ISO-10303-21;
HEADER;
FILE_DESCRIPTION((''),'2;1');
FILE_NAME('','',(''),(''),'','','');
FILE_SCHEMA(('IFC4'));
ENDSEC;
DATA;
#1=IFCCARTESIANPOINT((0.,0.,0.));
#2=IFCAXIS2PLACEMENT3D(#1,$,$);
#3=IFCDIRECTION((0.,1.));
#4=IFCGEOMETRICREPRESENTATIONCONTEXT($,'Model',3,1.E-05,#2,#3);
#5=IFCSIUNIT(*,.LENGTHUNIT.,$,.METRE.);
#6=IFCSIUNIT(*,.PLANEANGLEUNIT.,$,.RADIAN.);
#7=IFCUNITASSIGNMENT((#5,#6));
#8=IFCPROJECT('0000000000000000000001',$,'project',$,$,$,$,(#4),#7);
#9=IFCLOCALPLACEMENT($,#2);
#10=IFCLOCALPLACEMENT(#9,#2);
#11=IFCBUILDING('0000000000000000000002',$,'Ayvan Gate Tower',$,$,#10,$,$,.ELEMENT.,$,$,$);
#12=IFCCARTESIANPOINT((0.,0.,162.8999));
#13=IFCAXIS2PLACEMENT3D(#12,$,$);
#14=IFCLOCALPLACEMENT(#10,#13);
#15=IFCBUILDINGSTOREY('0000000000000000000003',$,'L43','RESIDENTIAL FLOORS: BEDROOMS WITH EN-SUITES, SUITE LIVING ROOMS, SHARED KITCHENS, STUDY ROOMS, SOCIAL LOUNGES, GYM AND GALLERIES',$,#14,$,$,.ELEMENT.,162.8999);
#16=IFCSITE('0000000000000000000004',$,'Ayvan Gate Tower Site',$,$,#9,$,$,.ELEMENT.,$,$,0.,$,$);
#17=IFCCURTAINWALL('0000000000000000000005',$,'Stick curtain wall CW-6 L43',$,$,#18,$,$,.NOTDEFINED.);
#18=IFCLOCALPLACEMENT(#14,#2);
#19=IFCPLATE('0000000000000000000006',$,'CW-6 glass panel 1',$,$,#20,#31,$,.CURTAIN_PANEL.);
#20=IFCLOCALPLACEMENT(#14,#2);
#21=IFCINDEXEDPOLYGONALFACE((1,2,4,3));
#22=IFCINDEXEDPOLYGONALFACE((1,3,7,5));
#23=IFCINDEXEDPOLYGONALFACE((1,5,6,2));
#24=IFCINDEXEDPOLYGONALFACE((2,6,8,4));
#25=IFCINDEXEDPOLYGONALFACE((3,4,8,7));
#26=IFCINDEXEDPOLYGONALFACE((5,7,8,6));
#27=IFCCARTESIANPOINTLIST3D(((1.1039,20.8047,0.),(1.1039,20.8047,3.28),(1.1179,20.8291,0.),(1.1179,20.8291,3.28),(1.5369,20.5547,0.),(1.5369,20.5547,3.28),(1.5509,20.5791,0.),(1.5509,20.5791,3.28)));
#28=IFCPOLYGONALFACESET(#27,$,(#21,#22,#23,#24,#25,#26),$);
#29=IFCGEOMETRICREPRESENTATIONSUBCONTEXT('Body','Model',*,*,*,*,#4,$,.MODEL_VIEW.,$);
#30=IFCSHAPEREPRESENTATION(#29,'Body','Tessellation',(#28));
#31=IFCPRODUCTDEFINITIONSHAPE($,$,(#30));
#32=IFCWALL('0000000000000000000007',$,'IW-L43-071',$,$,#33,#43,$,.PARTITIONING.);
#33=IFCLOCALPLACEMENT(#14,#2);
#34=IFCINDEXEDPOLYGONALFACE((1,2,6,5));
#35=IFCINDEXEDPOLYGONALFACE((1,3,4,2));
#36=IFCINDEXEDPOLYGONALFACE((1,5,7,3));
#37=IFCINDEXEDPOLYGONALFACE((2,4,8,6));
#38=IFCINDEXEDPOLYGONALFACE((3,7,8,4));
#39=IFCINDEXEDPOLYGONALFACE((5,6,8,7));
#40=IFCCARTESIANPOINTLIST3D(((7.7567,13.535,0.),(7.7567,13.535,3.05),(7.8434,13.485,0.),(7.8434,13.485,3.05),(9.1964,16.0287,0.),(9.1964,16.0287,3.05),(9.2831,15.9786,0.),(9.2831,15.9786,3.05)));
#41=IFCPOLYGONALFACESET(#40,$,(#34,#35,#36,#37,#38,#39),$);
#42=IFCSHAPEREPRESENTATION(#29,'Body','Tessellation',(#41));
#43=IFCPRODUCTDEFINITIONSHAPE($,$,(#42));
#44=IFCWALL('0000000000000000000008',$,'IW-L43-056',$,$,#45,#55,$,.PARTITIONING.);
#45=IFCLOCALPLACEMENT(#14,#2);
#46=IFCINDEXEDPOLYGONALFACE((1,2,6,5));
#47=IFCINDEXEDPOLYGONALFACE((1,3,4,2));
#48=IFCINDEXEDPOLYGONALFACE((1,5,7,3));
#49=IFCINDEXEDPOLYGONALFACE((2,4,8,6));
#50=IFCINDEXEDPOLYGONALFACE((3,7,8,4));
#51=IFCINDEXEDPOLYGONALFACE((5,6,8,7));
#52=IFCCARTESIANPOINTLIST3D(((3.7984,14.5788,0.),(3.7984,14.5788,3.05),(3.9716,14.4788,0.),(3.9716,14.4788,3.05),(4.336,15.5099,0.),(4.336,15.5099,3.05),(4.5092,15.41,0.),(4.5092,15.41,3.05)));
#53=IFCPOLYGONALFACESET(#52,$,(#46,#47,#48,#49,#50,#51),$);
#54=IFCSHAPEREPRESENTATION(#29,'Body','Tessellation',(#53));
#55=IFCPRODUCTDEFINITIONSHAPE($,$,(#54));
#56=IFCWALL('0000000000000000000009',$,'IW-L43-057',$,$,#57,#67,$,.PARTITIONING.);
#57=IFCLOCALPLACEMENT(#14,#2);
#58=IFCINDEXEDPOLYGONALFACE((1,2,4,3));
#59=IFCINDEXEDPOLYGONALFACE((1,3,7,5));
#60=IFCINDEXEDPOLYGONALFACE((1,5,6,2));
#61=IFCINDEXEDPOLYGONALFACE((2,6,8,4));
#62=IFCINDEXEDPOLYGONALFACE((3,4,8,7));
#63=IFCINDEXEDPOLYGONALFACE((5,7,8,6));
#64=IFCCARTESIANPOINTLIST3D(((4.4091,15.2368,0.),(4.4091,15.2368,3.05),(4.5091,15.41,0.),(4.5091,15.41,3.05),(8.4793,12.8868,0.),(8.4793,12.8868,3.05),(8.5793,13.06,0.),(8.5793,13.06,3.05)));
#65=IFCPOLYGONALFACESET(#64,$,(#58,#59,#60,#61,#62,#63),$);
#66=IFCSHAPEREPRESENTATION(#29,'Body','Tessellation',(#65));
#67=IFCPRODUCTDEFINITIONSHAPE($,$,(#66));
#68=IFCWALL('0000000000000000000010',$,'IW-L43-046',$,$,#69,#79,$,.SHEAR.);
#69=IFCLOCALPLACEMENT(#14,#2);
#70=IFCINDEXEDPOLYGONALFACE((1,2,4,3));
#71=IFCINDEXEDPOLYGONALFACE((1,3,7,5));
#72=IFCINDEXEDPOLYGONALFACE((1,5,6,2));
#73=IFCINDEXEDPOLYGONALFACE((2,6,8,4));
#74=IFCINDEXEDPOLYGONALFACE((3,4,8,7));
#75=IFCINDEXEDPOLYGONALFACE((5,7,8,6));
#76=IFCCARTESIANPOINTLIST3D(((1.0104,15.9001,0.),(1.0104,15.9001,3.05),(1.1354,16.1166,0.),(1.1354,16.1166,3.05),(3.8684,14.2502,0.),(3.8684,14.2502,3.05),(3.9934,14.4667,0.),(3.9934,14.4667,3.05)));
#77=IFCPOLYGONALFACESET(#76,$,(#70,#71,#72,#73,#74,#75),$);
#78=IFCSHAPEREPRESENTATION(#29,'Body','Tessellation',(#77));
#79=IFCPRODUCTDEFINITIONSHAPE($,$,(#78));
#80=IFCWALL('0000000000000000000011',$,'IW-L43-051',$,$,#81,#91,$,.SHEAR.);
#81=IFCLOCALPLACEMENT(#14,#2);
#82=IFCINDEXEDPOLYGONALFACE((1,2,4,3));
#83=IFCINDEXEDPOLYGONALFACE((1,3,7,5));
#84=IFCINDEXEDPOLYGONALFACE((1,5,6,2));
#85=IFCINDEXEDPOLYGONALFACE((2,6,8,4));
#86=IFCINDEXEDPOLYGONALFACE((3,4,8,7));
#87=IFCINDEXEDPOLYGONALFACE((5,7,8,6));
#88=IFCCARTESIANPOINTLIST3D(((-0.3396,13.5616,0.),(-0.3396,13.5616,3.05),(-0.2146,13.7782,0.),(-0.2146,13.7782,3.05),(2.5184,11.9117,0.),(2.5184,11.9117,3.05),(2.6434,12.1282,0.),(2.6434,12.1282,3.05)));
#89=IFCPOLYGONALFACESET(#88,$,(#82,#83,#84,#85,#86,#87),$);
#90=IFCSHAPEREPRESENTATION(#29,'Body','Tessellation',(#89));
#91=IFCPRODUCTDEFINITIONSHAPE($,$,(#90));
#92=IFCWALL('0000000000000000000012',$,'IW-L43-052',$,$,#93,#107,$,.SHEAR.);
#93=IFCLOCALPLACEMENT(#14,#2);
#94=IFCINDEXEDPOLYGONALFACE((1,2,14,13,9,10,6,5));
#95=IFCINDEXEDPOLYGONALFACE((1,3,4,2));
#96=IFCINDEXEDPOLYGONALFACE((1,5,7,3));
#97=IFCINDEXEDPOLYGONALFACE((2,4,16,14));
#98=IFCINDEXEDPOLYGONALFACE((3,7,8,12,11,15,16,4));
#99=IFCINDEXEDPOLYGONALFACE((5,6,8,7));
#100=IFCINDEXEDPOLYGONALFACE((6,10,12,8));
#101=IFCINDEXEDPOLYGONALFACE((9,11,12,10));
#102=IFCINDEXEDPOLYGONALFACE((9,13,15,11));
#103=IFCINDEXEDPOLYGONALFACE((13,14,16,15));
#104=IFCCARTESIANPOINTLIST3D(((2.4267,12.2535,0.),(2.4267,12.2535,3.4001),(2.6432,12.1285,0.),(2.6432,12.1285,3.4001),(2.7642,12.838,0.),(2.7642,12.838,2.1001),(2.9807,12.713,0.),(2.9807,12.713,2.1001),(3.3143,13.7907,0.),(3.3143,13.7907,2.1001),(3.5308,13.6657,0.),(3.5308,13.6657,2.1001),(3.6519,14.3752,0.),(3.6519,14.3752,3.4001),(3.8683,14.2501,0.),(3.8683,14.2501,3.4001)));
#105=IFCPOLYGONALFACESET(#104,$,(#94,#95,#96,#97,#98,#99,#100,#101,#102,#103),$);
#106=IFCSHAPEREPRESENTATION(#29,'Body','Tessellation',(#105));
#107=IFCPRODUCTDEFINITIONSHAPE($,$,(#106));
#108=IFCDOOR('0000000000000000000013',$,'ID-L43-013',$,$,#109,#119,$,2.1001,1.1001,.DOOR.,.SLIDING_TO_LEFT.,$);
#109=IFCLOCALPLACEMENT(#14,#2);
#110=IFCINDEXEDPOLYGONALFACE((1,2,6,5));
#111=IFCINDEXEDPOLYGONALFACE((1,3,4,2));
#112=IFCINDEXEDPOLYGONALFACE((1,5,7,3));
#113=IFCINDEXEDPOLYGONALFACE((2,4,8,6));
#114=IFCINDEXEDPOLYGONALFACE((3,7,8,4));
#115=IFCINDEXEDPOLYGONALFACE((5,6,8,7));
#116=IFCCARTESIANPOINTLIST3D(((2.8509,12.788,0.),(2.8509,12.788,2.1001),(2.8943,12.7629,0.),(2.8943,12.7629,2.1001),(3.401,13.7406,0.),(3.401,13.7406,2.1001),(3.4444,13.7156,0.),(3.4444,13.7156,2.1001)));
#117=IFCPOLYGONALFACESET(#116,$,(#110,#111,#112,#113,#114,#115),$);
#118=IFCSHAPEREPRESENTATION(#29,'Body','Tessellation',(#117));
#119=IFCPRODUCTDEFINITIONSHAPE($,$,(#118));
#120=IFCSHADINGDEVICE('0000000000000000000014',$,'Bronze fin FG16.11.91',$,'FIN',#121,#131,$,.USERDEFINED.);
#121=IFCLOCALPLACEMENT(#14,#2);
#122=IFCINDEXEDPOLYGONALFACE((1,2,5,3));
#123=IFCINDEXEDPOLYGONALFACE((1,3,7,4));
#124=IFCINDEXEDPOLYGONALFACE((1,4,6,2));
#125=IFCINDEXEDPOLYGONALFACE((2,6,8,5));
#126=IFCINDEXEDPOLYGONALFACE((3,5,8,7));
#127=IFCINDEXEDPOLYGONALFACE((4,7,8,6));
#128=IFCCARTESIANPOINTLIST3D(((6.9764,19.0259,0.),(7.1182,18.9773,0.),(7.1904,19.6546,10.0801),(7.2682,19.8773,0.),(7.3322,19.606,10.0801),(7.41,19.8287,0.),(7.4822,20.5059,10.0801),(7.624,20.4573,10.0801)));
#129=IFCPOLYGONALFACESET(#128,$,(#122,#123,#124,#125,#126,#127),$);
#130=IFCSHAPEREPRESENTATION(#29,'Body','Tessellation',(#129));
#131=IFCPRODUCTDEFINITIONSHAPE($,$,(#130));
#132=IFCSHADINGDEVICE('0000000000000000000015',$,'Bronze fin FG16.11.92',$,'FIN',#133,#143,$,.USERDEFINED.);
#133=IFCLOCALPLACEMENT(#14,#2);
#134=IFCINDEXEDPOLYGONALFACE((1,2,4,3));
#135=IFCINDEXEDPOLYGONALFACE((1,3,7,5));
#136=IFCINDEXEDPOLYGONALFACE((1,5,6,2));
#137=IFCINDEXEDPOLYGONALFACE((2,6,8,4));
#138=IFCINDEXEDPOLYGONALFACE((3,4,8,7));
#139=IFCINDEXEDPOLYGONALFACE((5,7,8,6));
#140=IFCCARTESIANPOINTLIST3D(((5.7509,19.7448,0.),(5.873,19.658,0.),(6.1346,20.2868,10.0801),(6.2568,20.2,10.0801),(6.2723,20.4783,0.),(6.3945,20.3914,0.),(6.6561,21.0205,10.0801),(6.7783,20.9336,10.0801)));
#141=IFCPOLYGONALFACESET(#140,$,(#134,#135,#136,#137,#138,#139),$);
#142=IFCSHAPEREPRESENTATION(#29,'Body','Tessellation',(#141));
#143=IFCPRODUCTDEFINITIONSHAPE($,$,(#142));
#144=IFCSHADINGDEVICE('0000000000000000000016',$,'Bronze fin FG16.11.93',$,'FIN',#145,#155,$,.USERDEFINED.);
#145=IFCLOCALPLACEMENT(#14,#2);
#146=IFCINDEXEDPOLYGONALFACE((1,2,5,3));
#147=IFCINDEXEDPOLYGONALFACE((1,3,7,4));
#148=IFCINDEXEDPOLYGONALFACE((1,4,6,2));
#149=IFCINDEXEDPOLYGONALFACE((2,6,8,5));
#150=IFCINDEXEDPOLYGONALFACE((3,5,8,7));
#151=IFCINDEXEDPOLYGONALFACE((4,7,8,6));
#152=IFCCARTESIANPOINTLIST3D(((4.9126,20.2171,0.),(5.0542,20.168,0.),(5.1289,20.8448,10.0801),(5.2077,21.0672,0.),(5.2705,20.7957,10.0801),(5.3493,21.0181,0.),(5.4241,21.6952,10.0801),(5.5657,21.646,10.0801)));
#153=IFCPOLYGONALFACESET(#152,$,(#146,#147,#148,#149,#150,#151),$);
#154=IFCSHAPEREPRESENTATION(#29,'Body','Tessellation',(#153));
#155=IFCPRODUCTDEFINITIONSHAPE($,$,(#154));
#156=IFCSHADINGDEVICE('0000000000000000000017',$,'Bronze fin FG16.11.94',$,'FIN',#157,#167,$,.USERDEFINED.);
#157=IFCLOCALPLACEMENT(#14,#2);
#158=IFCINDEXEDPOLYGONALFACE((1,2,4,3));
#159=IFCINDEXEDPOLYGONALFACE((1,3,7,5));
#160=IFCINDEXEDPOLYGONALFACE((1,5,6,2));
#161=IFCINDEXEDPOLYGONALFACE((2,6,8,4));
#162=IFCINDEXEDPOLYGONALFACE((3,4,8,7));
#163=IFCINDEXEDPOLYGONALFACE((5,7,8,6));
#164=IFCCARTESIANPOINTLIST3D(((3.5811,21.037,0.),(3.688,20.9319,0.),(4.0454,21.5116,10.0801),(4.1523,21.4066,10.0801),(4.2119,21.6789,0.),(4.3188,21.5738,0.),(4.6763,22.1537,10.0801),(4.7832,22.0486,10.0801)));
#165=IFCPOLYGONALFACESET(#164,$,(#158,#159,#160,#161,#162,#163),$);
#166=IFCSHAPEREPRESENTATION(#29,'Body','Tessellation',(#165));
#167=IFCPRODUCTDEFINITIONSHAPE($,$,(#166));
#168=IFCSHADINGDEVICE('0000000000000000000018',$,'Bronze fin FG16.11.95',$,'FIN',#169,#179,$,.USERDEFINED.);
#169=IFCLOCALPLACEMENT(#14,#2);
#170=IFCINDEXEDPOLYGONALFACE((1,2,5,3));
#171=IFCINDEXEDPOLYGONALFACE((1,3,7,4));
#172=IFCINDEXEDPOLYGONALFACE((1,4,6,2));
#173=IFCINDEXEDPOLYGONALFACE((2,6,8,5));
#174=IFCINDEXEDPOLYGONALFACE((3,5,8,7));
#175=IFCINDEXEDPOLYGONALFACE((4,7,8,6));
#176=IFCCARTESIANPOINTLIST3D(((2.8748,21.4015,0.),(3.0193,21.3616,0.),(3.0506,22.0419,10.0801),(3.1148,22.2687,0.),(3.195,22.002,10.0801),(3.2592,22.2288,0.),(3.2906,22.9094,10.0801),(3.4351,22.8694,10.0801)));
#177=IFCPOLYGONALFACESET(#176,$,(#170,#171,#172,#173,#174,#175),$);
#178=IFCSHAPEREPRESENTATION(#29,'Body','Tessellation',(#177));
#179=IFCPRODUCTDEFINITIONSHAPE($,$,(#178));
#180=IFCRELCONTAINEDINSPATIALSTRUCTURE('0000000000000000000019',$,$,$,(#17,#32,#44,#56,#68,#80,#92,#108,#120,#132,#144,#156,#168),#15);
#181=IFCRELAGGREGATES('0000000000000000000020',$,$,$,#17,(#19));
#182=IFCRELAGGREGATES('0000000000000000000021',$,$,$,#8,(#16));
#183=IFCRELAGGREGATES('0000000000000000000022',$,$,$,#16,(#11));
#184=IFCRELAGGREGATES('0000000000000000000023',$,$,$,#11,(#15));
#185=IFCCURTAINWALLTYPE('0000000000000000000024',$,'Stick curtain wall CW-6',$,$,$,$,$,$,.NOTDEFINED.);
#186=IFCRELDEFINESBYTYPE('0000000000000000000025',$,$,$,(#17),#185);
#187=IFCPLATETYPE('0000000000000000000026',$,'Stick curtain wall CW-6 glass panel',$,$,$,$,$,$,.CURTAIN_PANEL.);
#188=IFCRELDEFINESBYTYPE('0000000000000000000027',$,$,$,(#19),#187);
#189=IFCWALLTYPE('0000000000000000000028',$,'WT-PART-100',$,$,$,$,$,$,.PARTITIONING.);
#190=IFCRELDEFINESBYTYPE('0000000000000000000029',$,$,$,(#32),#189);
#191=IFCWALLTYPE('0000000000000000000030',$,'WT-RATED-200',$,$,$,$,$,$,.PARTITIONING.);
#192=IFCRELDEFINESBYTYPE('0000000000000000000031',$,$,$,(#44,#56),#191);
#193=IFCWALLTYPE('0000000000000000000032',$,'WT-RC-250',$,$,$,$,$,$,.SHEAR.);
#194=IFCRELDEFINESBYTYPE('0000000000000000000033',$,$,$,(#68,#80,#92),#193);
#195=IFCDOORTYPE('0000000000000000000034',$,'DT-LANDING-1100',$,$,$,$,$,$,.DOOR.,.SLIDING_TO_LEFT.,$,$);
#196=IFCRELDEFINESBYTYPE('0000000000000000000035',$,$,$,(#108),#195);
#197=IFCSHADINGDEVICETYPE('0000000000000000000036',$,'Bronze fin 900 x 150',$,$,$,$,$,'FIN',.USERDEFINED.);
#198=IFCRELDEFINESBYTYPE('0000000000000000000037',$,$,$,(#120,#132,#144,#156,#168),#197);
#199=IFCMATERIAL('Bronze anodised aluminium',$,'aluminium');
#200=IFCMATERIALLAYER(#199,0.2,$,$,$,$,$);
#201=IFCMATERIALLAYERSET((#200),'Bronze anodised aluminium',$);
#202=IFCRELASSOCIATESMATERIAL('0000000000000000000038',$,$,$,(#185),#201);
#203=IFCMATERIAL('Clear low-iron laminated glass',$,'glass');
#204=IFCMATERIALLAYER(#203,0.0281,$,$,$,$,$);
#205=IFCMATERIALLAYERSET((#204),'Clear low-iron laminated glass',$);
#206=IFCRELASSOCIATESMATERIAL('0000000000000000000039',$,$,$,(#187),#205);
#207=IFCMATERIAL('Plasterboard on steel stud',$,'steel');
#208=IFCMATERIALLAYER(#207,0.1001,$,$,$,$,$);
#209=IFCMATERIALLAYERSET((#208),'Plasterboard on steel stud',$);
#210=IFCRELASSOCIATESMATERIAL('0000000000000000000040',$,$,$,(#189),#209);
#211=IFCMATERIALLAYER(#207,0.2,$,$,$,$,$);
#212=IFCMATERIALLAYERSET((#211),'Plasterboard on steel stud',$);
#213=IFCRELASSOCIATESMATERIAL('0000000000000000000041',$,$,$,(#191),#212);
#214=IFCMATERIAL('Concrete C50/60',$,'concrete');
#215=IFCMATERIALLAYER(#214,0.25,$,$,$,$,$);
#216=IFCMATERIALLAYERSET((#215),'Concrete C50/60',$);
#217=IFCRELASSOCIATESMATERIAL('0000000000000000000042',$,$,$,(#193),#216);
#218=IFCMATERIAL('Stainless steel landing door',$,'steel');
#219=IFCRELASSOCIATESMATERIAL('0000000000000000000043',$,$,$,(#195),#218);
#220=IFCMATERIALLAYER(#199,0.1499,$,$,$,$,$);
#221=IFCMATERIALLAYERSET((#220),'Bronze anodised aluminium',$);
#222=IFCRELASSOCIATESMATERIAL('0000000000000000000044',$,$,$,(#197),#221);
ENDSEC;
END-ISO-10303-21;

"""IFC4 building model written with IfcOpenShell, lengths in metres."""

from ifc_helpers import new_model, si_unit, direction, frame, frame_2d, origin, origin_2d, place, context, subcontext, project, spatial, polyline, rectangle, outline, extrude, material, layer, layer_set, type_object, element, fill, aggregate, save


model = new_model("IFC4")

# Units and contexts
model_context = context("Model", 3, precision=1e-05, world=origin(), true_north=direction((0.0, 1.0)))
body_context = subcontext(model_context, "Body", "Model", "MODEL_VIEW")
ifc_project = project(units=[si_unit("LENGTHUNIT", "METRE"), si_unit("PLANEANGLEUNIT", "RADIAN")], contexts=[model_context])

# Site, building, storey
site_placement = place(None, origin())
site = spatial("IfcSite", under=ifc_project, at=site_placement, Name="Ayvan Gate Tower Site", CompositionType="ELEMENT", RefElevation=0.0)
building_placement = place(site_placement, origin())
building = spatial("IfcBuilding", under=site, at=building_placement, Name="Ayvan Gate Tower", CompositionType="ELEMENT")
storey_placement = place(building_placement, frame((0.0, 0.0, 162.8999)))
storey = spatial("IfcBuildingStorey", under=building, at=storey_placement, Name="L43", Description="RESIDENTIAL FLOORS: BEDROOMS WITH EN-SUITES, SUITE LIVING ROOMS, SHARED KITCHENS, STUDY ROOMS, SOCIAL LOUNGES, GYM AND GALLERIES", CompositionType="ELEMENT", Elevation=162.8999)

# Curtain wall
ifc_material_1 = material(Name="Bronze anodised aluminium", Category="aluminium")
ifc_layer_1 = layer(ifc_material_1, 0.2)
ifc_layer_set_1 = layer_set([ifc_layer_1], Name="Bronze anodised aluminium")
curtain_wall_type_1 = type_object("IfcCurtainWallType", Name="Stick curtain wall CW-6", PredefinedType="NOTDEFINED", material=ifc_layer_set_1)
curtain_wall_1_placement = place(storey_placement, origin())
curtain_wall_1 = element("IfcCurtainWall", 1, at=curtain_wall_1_placement, inside=storey, type_object=curtain_wall_type_1, Name="Stick curtain wall CW-6 L43", PredefinedType="NOTDEFINED")

# Plate
ifc_material_2 = material(Name="Clear low-iron laminated glass", Category="glass")
ifc_layer_2 = layer(ifc_material_2, 0.0281)
ifc_layer_set_2 = layer_set([ifc_layer_2], Name="Clear low-iron laminated glass")
plate_type_1 = type_object("IfcPlateType", Name="Stick curtain wall CW-6 glass panel", PredefinedType="CURTAIN_PANEL", material=ifc_layer_set_2)
plate_1_placement = place(storey_placement, frame((1.3274, 20.6919, 0.0), z_axis=(0.0, 0.0, 1.0), x_axis=(-0.866025, 0.5, 0.0)))
plate_1 = element("IfcPlate", 2, at=plate_1_placement, type_object=plate_type_1, Name="CW-6 glass panel 1", PredefinedType="CURTAIN_PANEL", context=body_context, shape_type="SweptSolid", body=[
    extrude(rectangle(XDim=0.5, YDim=0.0281, at=origin_2d()), origin(), (0.0, 0.0, 1.0), 3.28),
])
aggregate(curtain_wall_1, [plate_1])

# Walls
ifc_material_3 = material(Name="Plasterboard on steel stud", Category="steel")
ifc_layer_3 = layer(ifc_material_3, 0.1001)
ifc_layer_set_3 = layer_set([ifc_layer_3], Name="Plasterboard on steel stud")
wall_type_1 = type_object("IfcWallType", Name="WT-PART-100", PredefinedType="PARTITIONING", material=ifc_layer_set_3)
wall_1_placement = place(storey_placement, frame((7.8, 13.51, 0.0), z_axis=(0.0, 0.0, 1.0), x_axis=(0.499996, 0.866027, 0.0)))
element("IfcWall", 3, at=wall_1_placement, inside=storey, type_object=wall_type_1, Name="IW-L43-071", PredefinedType="PARTITIONING", context=body_context, shape_type="SweptSolid", body=[
    extrude(rectangle(XDim=2.8794, YDim=0.1001, at=frame_2d((1.4397, 0.0))), origin(), (0.0, 0.0, 1.0), 3.05),
])
ifc_layer_4 = layer(ifc_material_3, 0.2)
ifc_layer_set_4 = layer_set([ifc_layer_4], Name="Plasterboard on steel stud")
wall_type_2 = type_object("IfcWallType", Name="WT-RATED-200", PredefinedType="PARTITIONING", material=ifc_layer_set_4)
wall_2_placement = place(storey_placement, frame((3.885, 14.5288, 0.0), z_axis=(0.0, 0.0, 1.0), x_axis=(0.499998, 0.866027, 0.0)))
element("IfcWall", 4, at=wall_2_placement, inside=storey, type_object=wall_type_2, Name="IW-L43-056", PredefinedType="PARTITIONING", context=body_context, shape_type="SweptSolid", body=[
    extrude(rectangle(XDim=1.0752, YDim=0.2, at=frame_2d((0.5376, 0.0))), origin(), (0.0, 0.0, 1.0), 3.05),
])
wall_3_placement = place(storey_placement, frame((4.459, 15.3235, 0.0), z_axis=(0.0, 0.0, 1.0), x_axis=(0.866016, -0.500016, 0.0)))
element("IfcWall", 5, at=wall_3_placement, inside=storey, type_object=wall_type_2, Name="IW-L43-057", PredefinedType="PARTITIONING", context=body_context, shape_type="SweptSolid", body=[
    extrude(rectangle(XDim=4.7, YDim=0.2, at=frame_2d((2.3501, 0.0))), origin(), (0.0, 0.0, 1.0), 3.05),
])
ifc_material_4 = material(Name="Concrete C50/60", Category="concrete")
ifc_layer_5 = layer(ifc_material_4, 0.25)
ifc_layer_set_5 = layer_set([ifc_layer_5], Name="Concrete C50/60")
wall_type_3 = type_object("IfcWallType", Name="WT-RC-250", PredefinedType="SHEAR", material=ifc_layer_set_5)
for number, where, z_axis, x_axis, name in (
    (6, (1.073, 16.0083, 0.0), (0.0, 0.0, 1.0), (0.86604, -0.499974, 0.0), "IW-L43-046"),
    (7, (2.5808, 12.02, 0.0), (0.0, 0.0, 1.0), (-0.86604, 0.499974, 0.0), "IW-L43-051"),
):
    element("IfcWall", number, at=place(storey_placement, frame(where, z_axis=z_axis, x_axis=x_axis)), inside=storey, type_object=wall_type_3, Name=name, PredefinedType="SHEAR", context=body_context, shape_type="SweptSolid", body=[
        extrude(rectangle(XDim=3.3, YDim=0.25, at=frame_2d((1.6499, 0.0))), origin(), (0.0, 0.0, 1.0), 3.05),
    ])

# Wall, opening, door
wall_4_placement = place(storey_placement, frame((2.5349, 12.1909, 0.0), z_axis=(0.0, 0.0, 1.0), x_axis=(0.500062, 0.86599, 0.0)))
wall_4 = element("IfcWall", 8, at=wall_4_placement, inside=storey, type_object=wall_type_3, Name="IW-L43-052", PredefinedType="SHEAR", context=body_context, shape_type="SweptSolid", body=[
    extrude(rectangle(XDim=2.45, YDim=0.25, at=frame_2d((1.2251, 0.0))), origin(), (0.0, 0.0, 1.0), 3.4001),
])
opening_placement = place(wall_4_placement, frame((0.675, 0.0, 0.0)))
opening = element("IfcOpeningElement", 9, at=opening_placement, cuts=wall_4, PredefinedType="OPENING", context=body_context, shape_type="SweptSolid", body=[
    extrude(rectangle(XDim=1.1001, YDim=2.1001, at=frame_2d((0.55, 1.05))), frame((0.0, 0.135, 0.0), z_axis=(0.0, -1.0, 0.0), x_axis=(1.0, 0.0, 0.0)), (0.0, 0.0, 1.0), 0.27),
])
ifc_material_5 = material(Name="Stainless steel landing door", Category="steel")
door_type = type_object("IfcDoorType", Name="DT-LANDING-1100", OperationType="SLIDING_TO_LEFT", PredefinedType="DOOR", material=ifc_material_5)
door_placement = place(opening_placement, origin())
door = element("IfcDoor", 10, at=door_placement, inside=storey, type_object=door_type, Name="ID-L43-013", OperationType="SLIDING_TO_LEFT", OverallHeight=2.1001, OverallWidth=1.1001, PredefinedType="DOOR", context=body_context, shape_type="SweptSolid", body=[
    extrude(rectangle(XDim=1.1001, YDim=2.1001, at=frame_2d((0.55, 1.05))), frame((0.0, 0.0249, 0.0), z_axis=(0.0, -1.0, 0.0), x_axis=(1.0, 0.0, 0.0)), (0.0, 0.0, 1.0), 0.05),
])
fill(opening, door)

# Shading devices
ifc_layer_6 = layer(ifc_material_1, 0.1499)
ifc_layer_set_6 = layer_set([ifc_layer_6], Name="Bronze anodised aluminium")
shading_device_type = type_object("IfcShadingDeviceType", Name="Bronze fin 900 x 150", ElementType="FIN", PredefinedType="USERDEFINED", material=ifc_layer_set_6)
shading_device_1_placement = place(storey_placement, frame((7.1182, 18.9773, 0.0), z_axis=(0.94595, -0.324314, 0.000145), x_axis=(0.324314, 0.94595, 0.0)))
element("IfcShadingDevice", 11, at=shading_device_1_placement, inside=storey, type_object=shading_device_type, Name="Bronze fin FG16.11.91", ObjectType="FIN", PredefinedType="USERDEFINED", context=body_context, shape_type="SweptSolid", body=[
    extrude(outline(polyline([(0.0, 0.0), (0.9, 0.0), (1.564, 10.0801), (0.6641, 10.0801), (0.0, 0.0)])), origin(), (0.0, 0.0, -1.0), 0.1499),
])
shading_device_2_placement = place(storey_placement, frame((5.873, 19.658, 0.0), z_axis=(0.815024, -0.579428, 0.000131), x_axis=(0.579428, 0.815024, 0.0)))
element("IfcShadingDevice", 12, at=shading_device_2_placement, inside=storey, type_object=shading_device_type, Name="Bronze fin FG16.11.92", ObjectType="FIN", PredefinedType="USERDEFINED", context=body_context, shape_type="SweptSolid", body=[
    extrude(outline(polyline([(0.0, 0.0), (0.8999, 0.0), (1.5642, 10.0801), (0.6641, 10.0801), (0.0, 0.0)])), origin(), (0.0, 0.0, -1.0), 0.1499),
])
shading_device_3_placement = place(storey_placement, frame((5.0542, 20.168, 0.0), z_axis=(0.944691, -0.327963, 0.000154), x_axis=(0.327963, 0.944691, 0.0)))
element("IfcShadingDevice", 13, at=shading_device_3_placement, inside=storey, type_object=shading_device_type, Name="Bronze fin FG16.11.93", ObjectType="FIN", PredefinedType="USERDEFINED", context=body_context, shape_type="SweptSolid", body=[
    extrude(outline(polyline([(0.0, 0.0), (0.8999, 0.0), (1.564, 10.0801), (0.6639, 10.0801), (0.0, 0.0)])), origin(), (0.0, 0.0, -1.0), 0.1499),
])
shading_device_4_placement = place(storey_placement, frame((3.688, 20.9319, 0.0), z_axis=(0.713251, -0.700909, 0.000153), x_axis=(0.700909, 0.713251, 0.0)))
element("IfcShadingDevice", 14, at=shading_device_4_placement, inside=storey, type_object=shading_device_type, Name="Bronze fin FG16.11.94", ObjectType="FIN", PredefinedType="USERDEFINED", context=body_context, shape_type="SweptSolid", body=[
    extrude(outline(polyline([(0.0, 0.0), (0.9, 0.0), (1.5641, 10.0801), (0.664, 10.0801), (0.0, 0.0)])), origin(), (0.0, 0.0, -1.0), 0.1499),
])
shading_device_5_placement = place(storey_placement, frame((3.0193, 21.3616, 0.0), z_axis=(0.963784, -0.266685, 0.000139), x_axis=(0.266685, 0.963784, 0.0)))
element("IfcShadingDevice", 15, at=shading_device_5_placement, inside=storey, type_object=shading_device_type, Name="Bronze fin FG16.11.95", ObjectType="FIN", PredefinedType="USERDEFINED", context=body_context, shape_type="SweptSolid", body=[
    extrude(outline(polyline([(0.0, 0.0), (0.8998, 0.0), (1.5641, 10.0801), (0.6641, 10.0801), (0.0, 0.0)])), origin(), (0.0, 0.0, -1.0), 0.1499),
])

save(model, "model.ifc")
